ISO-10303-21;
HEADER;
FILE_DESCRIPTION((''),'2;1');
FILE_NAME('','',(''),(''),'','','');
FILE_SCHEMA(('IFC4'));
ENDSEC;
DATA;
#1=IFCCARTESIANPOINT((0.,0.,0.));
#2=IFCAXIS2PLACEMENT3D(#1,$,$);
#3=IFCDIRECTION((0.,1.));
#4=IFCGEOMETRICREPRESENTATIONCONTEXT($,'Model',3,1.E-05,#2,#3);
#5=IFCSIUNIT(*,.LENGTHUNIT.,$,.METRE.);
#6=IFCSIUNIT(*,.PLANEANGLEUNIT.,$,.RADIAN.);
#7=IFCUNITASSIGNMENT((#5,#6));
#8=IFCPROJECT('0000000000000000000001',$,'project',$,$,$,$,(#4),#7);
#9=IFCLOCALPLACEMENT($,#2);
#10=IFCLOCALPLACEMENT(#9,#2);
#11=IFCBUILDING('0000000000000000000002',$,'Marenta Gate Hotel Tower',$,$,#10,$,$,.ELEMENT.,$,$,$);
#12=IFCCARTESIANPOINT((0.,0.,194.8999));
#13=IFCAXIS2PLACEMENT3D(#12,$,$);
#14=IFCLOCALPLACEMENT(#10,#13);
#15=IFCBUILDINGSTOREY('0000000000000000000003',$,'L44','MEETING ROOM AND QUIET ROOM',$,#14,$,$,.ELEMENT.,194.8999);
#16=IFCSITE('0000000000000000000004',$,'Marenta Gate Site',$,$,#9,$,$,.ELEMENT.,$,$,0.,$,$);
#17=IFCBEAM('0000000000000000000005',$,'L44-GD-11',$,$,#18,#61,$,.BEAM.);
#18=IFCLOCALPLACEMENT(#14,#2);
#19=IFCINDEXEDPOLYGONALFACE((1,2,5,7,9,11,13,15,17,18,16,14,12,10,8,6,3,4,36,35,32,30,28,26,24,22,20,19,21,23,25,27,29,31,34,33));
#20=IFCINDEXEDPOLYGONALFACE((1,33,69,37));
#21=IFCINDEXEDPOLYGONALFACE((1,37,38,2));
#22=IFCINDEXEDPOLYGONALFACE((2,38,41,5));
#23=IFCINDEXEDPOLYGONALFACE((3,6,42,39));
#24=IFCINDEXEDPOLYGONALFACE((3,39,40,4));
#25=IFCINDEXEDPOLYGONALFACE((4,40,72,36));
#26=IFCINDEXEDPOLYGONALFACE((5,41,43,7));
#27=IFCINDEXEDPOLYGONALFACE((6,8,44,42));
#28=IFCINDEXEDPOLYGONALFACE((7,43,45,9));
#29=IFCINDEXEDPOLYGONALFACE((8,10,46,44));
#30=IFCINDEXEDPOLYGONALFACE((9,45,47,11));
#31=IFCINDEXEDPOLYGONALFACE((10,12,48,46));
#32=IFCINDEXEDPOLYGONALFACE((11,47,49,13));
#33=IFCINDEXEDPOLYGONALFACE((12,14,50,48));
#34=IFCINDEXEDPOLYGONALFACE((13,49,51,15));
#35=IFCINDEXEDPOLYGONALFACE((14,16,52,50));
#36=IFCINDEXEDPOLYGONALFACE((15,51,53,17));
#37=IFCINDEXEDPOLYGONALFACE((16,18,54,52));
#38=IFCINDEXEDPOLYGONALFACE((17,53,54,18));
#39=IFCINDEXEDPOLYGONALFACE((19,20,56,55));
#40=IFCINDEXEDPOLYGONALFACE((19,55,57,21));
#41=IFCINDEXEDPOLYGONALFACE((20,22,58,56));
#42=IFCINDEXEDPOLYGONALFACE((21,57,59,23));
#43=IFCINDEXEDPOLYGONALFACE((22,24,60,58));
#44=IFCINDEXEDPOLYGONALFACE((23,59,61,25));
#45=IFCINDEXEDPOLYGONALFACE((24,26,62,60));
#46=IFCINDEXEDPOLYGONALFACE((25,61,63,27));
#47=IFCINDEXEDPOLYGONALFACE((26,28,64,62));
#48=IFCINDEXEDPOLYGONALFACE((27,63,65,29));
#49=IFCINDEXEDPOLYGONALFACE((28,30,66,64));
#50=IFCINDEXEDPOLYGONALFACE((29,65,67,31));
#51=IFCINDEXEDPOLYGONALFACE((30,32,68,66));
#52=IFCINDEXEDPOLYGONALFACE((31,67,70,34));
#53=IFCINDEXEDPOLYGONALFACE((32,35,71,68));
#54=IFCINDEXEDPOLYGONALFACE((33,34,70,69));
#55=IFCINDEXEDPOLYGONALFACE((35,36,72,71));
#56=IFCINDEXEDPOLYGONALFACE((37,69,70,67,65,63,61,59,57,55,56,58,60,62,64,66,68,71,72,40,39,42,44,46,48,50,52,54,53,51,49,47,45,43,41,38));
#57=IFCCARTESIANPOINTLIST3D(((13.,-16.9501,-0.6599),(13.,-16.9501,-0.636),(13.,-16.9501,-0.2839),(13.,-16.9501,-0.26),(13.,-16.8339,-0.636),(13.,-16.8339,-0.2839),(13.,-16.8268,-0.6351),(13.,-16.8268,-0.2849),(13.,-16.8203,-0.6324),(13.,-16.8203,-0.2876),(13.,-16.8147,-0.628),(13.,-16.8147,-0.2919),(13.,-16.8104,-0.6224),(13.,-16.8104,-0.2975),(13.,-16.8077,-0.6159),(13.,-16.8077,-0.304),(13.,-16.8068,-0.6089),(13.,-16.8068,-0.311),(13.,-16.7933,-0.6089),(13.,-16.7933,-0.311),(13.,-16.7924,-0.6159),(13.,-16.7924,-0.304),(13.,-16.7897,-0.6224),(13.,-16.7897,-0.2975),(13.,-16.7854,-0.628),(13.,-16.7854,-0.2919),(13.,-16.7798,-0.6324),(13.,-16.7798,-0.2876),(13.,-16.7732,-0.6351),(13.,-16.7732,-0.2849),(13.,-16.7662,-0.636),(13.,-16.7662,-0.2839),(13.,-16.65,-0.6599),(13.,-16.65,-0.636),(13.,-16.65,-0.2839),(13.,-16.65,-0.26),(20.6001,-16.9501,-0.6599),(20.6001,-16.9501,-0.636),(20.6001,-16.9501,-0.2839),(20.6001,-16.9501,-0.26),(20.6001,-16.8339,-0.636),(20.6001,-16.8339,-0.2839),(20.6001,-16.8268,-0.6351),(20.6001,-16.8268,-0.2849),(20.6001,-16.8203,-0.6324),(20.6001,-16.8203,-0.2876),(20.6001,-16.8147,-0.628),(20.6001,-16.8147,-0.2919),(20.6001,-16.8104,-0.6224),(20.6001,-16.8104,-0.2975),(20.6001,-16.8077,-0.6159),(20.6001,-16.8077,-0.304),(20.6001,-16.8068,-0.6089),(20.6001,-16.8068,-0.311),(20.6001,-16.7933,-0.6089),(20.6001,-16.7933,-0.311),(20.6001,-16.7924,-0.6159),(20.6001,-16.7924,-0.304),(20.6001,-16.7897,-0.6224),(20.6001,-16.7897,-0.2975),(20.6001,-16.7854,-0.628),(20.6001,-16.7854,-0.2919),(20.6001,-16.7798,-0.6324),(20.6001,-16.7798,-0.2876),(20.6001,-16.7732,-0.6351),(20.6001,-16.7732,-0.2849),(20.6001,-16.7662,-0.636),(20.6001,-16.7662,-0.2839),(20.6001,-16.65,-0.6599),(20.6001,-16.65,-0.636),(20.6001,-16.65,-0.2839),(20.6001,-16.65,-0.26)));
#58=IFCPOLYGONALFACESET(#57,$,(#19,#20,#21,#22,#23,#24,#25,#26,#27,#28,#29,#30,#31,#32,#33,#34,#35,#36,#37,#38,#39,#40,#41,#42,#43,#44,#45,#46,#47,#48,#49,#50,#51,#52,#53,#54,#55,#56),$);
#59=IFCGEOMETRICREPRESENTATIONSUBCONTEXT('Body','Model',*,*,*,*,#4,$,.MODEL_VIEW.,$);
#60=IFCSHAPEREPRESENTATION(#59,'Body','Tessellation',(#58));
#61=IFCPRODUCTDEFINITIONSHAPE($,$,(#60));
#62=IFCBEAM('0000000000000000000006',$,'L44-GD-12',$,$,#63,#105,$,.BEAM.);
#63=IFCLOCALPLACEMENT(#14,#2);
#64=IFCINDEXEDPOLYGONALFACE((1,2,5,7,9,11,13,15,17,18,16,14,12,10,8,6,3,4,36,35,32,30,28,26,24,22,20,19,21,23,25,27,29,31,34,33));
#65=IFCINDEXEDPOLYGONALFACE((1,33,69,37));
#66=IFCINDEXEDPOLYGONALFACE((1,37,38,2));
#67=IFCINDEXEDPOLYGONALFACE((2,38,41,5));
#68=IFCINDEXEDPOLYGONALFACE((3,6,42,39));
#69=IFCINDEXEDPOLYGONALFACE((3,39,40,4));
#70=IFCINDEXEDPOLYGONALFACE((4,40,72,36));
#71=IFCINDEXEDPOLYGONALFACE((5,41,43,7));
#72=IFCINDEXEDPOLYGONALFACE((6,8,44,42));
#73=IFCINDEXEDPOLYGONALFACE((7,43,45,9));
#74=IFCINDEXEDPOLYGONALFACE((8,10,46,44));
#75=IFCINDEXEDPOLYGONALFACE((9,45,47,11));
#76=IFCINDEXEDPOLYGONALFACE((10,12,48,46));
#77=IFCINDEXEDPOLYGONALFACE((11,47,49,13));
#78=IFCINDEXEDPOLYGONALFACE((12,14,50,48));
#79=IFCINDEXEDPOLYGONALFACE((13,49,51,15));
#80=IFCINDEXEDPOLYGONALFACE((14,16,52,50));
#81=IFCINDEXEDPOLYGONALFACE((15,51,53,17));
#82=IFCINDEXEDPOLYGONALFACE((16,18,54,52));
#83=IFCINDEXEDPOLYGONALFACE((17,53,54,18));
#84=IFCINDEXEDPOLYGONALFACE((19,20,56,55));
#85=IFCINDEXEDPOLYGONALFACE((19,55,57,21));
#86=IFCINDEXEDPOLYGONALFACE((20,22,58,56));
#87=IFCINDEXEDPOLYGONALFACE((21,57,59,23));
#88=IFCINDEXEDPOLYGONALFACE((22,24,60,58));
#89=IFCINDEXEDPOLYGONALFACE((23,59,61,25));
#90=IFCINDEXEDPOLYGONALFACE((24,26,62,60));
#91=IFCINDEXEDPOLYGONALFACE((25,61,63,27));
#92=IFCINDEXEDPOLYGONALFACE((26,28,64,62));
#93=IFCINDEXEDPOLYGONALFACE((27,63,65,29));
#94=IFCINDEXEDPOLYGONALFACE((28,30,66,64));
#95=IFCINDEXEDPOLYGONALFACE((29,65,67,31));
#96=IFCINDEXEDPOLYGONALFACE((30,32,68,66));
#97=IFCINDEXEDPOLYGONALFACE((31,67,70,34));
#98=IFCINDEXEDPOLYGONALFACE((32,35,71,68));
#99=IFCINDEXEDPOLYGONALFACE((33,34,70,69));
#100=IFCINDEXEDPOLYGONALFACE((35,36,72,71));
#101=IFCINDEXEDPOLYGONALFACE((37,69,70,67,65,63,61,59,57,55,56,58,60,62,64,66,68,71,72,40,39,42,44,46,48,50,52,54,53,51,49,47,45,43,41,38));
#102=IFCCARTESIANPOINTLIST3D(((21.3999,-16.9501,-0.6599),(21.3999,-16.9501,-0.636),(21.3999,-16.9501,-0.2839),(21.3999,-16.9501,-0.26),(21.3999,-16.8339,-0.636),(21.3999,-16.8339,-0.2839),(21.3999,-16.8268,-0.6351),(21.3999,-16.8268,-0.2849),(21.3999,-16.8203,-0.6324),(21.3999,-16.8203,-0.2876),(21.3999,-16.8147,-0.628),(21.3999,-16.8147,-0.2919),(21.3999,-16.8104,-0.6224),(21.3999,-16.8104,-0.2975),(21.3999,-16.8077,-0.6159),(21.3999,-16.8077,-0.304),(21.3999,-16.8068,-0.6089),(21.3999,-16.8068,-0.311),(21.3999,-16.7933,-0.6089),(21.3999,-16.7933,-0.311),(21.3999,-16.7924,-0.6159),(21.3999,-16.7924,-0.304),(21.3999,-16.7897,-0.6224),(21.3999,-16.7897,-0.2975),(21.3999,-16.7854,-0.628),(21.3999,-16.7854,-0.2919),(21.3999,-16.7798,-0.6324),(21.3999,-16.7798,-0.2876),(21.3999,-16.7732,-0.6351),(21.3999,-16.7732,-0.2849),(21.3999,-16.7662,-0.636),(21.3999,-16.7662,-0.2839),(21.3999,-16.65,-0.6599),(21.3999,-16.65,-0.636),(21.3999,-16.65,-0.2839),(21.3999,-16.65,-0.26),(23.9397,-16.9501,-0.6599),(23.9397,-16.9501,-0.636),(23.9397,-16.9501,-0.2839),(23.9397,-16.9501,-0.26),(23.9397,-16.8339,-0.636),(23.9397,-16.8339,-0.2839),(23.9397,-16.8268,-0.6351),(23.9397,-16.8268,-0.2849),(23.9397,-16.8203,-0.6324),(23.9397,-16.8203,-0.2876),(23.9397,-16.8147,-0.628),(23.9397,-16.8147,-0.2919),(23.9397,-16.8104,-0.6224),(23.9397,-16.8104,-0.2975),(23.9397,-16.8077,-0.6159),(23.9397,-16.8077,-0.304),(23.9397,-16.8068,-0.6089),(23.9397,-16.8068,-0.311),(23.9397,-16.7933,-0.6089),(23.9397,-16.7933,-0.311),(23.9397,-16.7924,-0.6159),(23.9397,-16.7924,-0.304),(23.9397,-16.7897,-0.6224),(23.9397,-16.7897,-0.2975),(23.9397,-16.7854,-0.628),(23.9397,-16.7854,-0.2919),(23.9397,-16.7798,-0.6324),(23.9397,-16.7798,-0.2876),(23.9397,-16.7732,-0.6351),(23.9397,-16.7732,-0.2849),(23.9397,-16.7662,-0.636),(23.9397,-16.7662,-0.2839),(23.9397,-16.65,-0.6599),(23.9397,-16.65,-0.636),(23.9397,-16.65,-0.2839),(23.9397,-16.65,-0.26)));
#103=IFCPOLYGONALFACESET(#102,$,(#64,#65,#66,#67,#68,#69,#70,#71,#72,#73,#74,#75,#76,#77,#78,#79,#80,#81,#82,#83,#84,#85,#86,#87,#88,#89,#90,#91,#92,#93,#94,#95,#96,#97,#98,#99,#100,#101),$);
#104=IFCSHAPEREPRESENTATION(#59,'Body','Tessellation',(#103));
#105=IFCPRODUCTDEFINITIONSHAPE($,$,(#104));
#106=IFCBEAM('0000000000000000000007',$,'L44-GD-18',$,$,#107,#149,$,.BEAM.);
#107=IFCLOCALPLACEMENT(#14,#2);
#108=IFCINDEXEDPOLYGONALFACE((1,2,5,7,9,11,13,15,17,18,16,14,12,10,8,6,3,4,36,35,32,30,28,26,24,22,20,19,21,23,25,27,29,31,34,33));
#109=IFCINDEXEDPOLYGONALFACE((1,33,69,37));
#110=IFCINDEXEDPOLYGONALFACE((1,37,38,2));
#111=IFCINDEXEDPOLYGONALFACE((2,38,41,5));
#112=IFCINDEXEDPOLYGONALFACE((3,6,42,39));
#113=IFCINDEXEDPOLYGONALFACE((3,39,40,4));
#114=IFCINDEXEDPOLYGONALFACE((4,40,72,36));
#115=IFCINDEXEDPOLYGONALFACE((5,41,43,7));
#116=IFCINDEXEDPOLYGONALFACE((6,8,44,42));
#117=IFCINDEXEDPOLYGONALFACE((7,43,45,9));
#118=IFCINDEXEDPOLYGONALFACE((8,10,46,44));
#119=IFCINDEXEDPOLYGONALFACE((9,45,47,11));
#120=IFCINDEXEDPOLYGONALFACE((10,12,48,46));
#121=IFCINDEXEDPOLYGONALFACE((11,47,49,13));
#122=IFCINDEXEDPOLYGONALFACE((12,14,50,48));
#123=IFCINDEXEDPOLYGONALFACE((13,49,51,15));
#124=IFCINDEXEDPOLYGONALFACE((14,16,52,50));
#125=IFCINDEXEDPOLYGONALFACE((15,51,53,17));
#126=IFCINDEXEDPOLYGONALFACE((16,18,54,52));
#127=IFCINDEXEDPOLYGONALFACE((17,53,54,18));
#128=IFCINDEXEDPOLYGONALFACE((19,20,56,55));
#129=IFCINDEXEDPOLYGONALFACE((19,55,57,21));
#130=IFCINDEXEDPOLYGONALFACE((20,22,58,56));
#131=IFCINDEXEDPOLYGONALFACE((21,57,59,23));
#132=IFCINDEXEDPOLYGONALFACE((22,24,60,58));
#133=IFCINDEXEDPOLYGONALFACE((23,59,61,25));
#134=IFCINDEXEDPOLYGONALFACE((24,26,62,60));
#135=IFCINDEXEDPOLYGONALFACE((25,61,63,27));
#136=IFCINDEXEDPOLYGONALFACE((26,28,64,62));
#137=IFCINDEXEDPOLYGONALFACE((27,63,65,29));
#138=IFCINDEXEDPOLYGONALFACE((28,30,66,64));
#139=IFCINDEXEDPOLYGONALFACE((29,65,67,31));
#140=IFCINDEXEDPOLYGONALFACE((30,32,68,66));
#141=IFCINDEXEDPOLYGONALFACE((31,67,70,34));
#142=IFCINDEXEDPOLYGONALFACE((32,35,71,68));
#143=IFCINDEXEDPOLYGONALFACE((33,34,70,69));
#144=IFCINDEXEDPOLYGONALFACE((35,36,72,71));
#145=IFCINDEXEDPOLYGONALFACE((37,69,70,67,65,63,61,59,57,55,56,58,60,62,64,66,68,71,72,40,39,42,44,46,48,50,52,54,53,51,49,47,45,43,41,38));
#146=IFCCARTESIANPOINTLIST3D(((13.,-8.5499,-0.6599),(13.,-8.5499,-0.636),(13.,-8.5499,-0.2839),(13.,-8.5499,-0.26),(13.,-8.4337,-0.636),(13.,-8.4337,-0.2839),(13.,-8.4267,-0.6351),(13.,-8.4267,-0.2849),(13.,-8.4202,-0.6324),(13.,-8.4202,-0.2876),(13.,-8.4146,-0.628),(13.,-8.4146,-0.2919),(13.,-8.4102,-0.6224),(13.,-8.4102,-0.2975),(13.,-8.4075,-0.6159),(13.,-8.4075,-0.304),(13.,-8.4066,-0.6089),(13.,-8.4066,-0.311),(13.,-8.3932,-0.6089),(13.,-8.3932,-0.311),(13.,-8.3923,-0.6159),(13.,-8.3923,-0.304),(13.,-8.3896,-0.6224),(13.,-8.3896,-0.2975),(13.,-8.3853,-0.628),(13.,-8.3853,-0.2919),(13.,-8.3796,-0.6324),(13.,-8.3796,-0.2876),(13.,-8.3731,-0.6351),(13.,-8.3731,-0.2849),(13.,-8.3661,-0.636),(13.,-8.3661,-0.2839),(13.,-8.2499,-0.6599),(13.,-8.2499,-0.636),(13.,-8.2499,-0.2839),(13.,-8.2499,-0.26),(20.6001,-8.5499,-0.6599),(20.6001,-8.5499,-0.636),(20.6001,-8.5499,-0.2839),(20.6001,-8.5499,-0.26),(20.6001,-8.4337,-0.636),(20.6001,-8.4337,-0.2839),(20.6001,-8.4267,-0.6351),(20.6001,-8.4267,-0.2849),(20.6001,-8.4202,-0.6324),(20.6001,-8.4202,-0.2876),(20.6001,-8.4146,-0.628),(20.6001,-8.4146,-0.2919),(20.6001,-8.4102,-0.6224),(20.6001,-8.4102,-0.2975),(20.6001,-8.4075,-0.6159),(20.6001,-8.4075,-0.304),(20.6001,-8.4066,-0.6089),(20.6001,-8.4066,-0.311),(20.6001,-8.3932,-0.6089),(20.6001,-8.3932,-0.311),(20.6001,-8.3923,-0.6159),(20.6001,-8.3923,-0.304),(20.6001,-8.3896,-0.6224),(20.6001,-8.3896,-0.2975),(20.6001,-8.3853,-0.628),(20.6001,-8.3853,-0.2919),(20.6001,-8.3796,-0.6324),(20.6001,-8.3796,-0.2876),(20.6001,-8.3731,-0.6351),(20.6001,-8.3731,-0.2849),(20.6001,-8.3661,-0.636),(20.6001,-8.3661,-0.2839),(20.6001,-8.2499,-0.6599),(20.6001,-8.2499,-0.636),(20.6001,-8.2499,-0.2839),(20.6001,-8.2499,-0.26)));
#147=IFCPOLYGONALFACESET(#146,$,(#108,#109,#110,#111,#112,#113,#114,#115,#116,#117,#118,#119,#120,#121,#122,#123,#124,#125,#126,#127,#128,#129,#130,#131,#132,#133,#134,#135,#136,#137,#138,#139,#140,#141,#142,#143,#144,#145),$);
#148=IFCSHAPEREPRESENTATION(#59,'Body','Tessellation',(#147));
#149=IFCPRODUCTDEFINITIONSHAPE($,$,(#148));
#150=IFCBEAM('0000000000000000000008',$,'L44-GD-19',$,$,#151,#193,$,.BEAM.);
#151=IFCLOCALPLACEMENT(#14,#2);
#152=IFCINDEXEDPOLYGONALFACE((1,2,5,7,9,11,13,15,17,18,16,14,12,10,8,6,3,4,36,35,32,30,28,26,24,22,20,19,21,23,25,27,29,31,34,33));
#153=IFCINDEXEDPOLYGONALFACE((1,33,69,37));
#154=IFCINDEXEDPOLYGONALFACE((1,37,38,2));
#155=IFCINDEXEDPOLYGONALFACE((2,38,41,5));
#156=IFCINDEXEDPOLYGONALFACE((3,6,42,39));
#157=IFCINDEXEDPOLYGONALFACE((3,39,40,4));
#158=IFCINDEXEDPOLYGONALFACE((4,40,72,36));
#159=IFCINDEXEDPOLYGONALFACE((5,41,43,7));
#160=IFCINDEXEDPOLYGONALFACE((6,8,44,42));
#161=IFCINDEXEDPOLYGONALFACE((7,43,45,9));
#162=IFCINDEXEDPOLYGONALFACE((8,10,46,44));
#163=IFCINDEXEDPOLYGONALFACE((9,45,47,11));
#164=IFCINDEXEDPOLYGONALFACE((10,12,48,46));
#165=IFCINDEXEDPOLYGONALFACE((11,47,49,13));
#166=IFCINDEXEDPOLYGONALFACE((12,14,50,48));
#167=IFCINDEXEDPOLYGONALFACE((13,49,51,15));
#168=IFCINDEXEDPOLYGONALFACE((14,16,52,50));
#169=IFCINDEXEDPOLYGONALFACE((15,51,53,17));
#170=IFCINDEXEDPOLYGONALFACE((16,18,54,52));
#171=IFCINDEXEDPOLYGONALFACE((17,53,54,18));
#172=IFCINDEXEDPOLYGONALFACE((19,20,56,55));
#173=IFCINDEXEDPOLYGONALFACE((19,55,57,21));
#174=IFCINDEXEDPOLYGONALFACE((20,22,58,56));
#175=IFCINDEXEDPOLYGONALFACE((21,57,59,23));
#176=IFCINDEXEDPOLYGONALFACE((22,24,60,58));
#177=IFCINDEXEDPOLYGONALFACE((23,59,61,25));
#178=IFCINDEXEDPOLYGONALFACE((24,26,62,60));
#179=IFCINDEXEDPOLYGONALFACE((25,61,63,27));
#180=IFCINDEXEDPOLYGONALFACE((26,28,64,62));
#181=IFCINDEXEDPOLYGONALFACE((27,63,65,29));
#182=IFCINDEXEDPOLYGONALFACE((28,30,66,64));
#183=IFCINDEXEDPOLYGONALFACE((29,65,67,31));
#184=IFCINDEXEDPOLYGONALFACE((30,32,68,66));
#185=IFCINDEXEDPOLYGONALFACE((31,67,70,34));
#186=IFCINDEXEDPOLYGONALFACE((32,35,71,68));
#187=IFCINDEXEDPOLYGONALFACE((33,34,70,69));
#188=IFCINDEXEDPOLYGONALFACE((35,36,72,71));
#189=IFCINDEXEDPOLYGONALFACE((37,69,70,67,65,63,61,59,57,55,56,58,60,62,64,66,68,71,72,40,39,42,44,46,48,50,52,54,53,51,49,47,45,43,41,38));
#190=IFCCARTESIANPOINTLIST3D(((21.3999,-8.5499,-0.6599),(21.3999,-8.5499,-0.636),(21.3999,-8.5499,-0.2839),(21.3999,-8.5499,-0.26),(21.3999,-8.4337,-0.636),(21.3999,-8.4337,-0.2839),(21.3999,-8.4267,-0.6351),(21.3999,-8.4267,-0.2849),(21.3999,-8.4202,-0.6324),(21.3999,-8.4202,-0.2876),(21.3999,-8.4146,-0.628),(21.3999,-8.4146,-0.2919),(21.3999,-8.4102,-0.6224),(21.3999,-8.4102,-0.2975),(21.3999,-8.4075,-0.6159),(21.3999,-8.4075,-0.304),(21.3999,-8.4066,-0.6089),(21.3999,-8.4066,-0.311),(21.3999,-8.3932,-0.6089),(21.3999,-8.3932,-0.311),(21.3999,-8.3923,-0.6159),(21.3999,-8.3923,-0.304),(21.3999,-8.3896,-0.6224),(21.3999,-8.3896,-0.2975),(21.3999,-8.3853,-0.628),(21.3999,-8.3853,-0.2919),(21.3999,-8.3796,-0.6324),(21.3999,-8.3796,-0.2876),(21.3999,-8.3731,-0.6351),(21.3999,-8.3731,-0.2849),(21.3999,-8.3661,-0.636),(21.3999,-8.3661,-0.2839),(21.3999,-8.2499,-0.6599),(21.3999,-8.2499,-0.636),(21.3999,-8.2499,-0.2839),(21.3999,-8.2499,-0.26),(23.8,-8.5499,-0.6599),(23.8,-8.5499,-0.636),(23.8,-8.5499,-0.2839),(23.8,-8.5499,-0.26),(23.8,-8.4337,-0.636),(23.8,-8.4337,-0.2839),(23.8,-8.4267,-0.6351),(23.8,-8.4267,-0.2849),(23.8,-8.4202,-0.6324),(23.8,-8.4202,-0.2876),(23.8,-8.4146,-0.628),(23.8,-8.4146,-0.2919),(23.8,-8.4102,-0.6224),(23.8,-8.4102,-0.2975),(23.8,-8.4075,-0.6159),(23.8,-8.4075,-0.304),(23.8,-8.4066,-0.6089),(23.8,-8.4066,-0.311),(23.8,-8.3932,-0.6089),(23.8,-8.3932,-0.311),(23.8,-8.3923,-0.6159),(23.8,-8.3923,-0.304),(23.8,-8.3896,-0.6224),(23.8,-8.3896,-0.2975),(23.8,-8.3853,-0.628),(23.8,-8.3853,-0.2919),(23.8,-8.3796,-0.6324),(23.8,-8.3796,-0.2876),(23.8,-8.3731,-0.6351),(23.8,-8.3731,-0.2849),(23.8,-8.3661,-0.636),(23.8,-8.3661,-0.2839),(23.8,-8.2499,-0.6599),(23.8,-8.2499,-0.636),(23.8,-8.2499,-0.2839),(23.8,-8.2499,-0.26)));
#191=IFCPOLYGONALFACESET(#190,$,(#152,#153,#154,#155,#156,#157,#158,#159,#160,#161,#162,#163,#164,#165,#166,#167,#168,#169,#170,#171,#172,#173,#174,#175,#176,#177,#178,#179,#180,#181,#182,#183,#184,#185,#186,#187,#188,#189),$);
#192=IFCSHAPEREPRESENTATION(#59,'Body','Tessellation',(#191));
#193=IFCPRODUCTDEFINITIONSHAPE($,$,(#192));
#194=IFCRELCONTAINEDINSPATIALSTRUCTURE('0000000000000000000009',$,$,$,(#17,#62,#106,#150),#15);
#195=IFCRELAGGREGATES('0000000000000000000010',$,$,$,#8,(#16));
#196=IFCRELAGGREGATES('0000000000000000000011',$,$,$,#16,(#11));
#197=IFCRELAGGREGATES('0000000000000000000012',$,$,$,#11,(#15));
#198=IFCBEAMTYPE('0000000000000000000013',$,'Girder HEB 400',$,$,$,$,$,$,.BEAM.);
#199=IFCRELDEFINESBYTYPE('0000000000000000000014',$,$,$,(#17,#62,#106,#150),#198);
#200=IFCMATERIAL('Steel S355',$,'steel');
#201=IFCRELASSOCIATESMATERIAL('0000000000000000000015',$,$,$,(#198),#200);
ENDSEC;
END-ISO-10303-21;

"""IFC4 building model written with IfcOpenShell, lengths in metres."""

from ifc_helpers import new_model, si_unit, direction, frame, origin, origin_2d, place, context, subcontext, project, spatial, i_section, extrude, material, material_profile, profile_set, type_object, element, save


model = new_model("IFC4")

# Units and contexts
model_context = context("Model", 3, precision=1e-05, world=origin(), true_north=direction((0.0, 1.0)))
body_context = subcontext(model_context, "Body", "Model", "MODEL_VIEW")
ifc_project = project(units=[si_unit("LENGTHUNIT", "METRE"), si_unit("PLANEANGLEUNIT", "RADIAN")], contexts=[model_context])

# Site, building, storey
site_placement = place(None, origin())
site = spatial("IfcSite", under=ifc_project, at=site_placement, Name="Marenta Gate Site", CompositionType="ELEMENT", RefElevation=0.0)
building_placement = place(site_placement, origin())
building = spatial("IfcBuilding", under=site, at=building_placement, Name="Marenta Gate Hotel Tower", CompositionType="ELEMENT")
storey_placement = place(building_placement, frame((0.0, 0.0, 194.8999)))
storey = spatial("IfcBuildingStorey", under=building, at=storey_placement, Name="L44", Description="MEETING ROOM AND QUIET ROOM", CompositionType="ELEMENT", Elevation=194.8999)

# Beams
ifc_material_1 = material(Name="Steel S355", Category="steel")
ifc_material_profile_1 = material_profile(ifc_material_1, i_section(OverallWidth=0.3, OverallDepth=0.3999, WebThickness=0.0134, FlangeThickness=0.0239, FilletRadius=0.0271, at=origin_2d()), Name="HEB 400")
ifc_profile_set_1 = profile_set([ifc_material_profile_1], Name="Steel S355")
beam_type_1 = type_object("IfcBeamType", Name="Girder HEB 400", PredefinedType="BEAM", material=ifc_profile_set_1)
beam_1_placement = place(storey_placement, frame((13.0, -16.8, -0.46), z_axis=(1.0, 0.0, 0.0), x_axis=(0.0, 1.0, 0.0)))
element("IfcBeam", 1, at=beam_1_placement, inside=storey, type_object=beam_type_1, Name="L44-GD-11", PredefinedType="BEAM", context=body_context, shape_type="SweptSolid", body=[
    extrude(i_section(OverallWidth=0.3, OverallDepth=0.3999, WebThickness=0.0134, FlangeThickness=0.0239, FilletRadius=0.0271, at=origin_2d()), origin(), (0.0, 0.0, 1.0), 7.6001),
])
beam_2_placement = place(storey_placement, frame((21.3999, -16.8, -0.46), z_axis=(1.0, 0.0, 0.0), x_axis=(0.0, 1.0, 0.0)))
element("IfcBeam", 2, at=beam_2_placement, inside=storey, type_object=beam_type_1, Name="L44-GD-12", PredefinedType="BEAM", context=body_context, shape_type="SweptSolid", body=[
    extrude(i_section(OverallWidth=0.3, OverallDepth=0.3999, WebThickness=0.0134, FlangeThickness=0.0239, FilletRadius=0.0271, at=origin_2d()), origin(), (0.0, 0.0, 1.0), 2.5398),
])
beam_3_placement = place(storey_placement, frame((13.0, -8.3999, -0.46), z_axis=(1.0, 0.0, 0.0), x_axis=(0.0, 1.0, 0.0)))
element("IfcBeam", 3, at=beam_3_placement, inside=storey, type_object=beam_type_1, Name="L44-GD-18", PredefinedType="BEAM", context=body_context, shape_type="SweptSolid", body=[
    extrude(i_section(OverallWidth=0.3, OverallDepth=0.3999, WebThickness=0.0134, FlangeThickness=0.0239, FilletRadius=0.0271, at=origin_2d()), origin(), (0.0, 0.0, 1.0), 7.6001),
])
beam_4_placement = place(storey_placement, frame((21.3999, -8.3999, -0.46), z_axis=(1.0, 0.0, 0.0), x_axis=(0.0, 1.0, 0.0)))
element("IfcBeam", 4, at=beam_4_placement, inside=storey, type_object=beam_type_1, Name="L44-GD-19", PredefinedType="BEAM", context=body_context, shape_type="SweptSolid", body=[
    extrude(i_section(OverallWidth=0.3, OverallDepth=0.3999, WebThickness=0.0134, FlangeThickness=0.0239, FilletRadius=0.0271, at=origin_2d()), origin(), (0.0, 0.0, 1.0), 2.4001),
])

save(model, "model.ifc")
